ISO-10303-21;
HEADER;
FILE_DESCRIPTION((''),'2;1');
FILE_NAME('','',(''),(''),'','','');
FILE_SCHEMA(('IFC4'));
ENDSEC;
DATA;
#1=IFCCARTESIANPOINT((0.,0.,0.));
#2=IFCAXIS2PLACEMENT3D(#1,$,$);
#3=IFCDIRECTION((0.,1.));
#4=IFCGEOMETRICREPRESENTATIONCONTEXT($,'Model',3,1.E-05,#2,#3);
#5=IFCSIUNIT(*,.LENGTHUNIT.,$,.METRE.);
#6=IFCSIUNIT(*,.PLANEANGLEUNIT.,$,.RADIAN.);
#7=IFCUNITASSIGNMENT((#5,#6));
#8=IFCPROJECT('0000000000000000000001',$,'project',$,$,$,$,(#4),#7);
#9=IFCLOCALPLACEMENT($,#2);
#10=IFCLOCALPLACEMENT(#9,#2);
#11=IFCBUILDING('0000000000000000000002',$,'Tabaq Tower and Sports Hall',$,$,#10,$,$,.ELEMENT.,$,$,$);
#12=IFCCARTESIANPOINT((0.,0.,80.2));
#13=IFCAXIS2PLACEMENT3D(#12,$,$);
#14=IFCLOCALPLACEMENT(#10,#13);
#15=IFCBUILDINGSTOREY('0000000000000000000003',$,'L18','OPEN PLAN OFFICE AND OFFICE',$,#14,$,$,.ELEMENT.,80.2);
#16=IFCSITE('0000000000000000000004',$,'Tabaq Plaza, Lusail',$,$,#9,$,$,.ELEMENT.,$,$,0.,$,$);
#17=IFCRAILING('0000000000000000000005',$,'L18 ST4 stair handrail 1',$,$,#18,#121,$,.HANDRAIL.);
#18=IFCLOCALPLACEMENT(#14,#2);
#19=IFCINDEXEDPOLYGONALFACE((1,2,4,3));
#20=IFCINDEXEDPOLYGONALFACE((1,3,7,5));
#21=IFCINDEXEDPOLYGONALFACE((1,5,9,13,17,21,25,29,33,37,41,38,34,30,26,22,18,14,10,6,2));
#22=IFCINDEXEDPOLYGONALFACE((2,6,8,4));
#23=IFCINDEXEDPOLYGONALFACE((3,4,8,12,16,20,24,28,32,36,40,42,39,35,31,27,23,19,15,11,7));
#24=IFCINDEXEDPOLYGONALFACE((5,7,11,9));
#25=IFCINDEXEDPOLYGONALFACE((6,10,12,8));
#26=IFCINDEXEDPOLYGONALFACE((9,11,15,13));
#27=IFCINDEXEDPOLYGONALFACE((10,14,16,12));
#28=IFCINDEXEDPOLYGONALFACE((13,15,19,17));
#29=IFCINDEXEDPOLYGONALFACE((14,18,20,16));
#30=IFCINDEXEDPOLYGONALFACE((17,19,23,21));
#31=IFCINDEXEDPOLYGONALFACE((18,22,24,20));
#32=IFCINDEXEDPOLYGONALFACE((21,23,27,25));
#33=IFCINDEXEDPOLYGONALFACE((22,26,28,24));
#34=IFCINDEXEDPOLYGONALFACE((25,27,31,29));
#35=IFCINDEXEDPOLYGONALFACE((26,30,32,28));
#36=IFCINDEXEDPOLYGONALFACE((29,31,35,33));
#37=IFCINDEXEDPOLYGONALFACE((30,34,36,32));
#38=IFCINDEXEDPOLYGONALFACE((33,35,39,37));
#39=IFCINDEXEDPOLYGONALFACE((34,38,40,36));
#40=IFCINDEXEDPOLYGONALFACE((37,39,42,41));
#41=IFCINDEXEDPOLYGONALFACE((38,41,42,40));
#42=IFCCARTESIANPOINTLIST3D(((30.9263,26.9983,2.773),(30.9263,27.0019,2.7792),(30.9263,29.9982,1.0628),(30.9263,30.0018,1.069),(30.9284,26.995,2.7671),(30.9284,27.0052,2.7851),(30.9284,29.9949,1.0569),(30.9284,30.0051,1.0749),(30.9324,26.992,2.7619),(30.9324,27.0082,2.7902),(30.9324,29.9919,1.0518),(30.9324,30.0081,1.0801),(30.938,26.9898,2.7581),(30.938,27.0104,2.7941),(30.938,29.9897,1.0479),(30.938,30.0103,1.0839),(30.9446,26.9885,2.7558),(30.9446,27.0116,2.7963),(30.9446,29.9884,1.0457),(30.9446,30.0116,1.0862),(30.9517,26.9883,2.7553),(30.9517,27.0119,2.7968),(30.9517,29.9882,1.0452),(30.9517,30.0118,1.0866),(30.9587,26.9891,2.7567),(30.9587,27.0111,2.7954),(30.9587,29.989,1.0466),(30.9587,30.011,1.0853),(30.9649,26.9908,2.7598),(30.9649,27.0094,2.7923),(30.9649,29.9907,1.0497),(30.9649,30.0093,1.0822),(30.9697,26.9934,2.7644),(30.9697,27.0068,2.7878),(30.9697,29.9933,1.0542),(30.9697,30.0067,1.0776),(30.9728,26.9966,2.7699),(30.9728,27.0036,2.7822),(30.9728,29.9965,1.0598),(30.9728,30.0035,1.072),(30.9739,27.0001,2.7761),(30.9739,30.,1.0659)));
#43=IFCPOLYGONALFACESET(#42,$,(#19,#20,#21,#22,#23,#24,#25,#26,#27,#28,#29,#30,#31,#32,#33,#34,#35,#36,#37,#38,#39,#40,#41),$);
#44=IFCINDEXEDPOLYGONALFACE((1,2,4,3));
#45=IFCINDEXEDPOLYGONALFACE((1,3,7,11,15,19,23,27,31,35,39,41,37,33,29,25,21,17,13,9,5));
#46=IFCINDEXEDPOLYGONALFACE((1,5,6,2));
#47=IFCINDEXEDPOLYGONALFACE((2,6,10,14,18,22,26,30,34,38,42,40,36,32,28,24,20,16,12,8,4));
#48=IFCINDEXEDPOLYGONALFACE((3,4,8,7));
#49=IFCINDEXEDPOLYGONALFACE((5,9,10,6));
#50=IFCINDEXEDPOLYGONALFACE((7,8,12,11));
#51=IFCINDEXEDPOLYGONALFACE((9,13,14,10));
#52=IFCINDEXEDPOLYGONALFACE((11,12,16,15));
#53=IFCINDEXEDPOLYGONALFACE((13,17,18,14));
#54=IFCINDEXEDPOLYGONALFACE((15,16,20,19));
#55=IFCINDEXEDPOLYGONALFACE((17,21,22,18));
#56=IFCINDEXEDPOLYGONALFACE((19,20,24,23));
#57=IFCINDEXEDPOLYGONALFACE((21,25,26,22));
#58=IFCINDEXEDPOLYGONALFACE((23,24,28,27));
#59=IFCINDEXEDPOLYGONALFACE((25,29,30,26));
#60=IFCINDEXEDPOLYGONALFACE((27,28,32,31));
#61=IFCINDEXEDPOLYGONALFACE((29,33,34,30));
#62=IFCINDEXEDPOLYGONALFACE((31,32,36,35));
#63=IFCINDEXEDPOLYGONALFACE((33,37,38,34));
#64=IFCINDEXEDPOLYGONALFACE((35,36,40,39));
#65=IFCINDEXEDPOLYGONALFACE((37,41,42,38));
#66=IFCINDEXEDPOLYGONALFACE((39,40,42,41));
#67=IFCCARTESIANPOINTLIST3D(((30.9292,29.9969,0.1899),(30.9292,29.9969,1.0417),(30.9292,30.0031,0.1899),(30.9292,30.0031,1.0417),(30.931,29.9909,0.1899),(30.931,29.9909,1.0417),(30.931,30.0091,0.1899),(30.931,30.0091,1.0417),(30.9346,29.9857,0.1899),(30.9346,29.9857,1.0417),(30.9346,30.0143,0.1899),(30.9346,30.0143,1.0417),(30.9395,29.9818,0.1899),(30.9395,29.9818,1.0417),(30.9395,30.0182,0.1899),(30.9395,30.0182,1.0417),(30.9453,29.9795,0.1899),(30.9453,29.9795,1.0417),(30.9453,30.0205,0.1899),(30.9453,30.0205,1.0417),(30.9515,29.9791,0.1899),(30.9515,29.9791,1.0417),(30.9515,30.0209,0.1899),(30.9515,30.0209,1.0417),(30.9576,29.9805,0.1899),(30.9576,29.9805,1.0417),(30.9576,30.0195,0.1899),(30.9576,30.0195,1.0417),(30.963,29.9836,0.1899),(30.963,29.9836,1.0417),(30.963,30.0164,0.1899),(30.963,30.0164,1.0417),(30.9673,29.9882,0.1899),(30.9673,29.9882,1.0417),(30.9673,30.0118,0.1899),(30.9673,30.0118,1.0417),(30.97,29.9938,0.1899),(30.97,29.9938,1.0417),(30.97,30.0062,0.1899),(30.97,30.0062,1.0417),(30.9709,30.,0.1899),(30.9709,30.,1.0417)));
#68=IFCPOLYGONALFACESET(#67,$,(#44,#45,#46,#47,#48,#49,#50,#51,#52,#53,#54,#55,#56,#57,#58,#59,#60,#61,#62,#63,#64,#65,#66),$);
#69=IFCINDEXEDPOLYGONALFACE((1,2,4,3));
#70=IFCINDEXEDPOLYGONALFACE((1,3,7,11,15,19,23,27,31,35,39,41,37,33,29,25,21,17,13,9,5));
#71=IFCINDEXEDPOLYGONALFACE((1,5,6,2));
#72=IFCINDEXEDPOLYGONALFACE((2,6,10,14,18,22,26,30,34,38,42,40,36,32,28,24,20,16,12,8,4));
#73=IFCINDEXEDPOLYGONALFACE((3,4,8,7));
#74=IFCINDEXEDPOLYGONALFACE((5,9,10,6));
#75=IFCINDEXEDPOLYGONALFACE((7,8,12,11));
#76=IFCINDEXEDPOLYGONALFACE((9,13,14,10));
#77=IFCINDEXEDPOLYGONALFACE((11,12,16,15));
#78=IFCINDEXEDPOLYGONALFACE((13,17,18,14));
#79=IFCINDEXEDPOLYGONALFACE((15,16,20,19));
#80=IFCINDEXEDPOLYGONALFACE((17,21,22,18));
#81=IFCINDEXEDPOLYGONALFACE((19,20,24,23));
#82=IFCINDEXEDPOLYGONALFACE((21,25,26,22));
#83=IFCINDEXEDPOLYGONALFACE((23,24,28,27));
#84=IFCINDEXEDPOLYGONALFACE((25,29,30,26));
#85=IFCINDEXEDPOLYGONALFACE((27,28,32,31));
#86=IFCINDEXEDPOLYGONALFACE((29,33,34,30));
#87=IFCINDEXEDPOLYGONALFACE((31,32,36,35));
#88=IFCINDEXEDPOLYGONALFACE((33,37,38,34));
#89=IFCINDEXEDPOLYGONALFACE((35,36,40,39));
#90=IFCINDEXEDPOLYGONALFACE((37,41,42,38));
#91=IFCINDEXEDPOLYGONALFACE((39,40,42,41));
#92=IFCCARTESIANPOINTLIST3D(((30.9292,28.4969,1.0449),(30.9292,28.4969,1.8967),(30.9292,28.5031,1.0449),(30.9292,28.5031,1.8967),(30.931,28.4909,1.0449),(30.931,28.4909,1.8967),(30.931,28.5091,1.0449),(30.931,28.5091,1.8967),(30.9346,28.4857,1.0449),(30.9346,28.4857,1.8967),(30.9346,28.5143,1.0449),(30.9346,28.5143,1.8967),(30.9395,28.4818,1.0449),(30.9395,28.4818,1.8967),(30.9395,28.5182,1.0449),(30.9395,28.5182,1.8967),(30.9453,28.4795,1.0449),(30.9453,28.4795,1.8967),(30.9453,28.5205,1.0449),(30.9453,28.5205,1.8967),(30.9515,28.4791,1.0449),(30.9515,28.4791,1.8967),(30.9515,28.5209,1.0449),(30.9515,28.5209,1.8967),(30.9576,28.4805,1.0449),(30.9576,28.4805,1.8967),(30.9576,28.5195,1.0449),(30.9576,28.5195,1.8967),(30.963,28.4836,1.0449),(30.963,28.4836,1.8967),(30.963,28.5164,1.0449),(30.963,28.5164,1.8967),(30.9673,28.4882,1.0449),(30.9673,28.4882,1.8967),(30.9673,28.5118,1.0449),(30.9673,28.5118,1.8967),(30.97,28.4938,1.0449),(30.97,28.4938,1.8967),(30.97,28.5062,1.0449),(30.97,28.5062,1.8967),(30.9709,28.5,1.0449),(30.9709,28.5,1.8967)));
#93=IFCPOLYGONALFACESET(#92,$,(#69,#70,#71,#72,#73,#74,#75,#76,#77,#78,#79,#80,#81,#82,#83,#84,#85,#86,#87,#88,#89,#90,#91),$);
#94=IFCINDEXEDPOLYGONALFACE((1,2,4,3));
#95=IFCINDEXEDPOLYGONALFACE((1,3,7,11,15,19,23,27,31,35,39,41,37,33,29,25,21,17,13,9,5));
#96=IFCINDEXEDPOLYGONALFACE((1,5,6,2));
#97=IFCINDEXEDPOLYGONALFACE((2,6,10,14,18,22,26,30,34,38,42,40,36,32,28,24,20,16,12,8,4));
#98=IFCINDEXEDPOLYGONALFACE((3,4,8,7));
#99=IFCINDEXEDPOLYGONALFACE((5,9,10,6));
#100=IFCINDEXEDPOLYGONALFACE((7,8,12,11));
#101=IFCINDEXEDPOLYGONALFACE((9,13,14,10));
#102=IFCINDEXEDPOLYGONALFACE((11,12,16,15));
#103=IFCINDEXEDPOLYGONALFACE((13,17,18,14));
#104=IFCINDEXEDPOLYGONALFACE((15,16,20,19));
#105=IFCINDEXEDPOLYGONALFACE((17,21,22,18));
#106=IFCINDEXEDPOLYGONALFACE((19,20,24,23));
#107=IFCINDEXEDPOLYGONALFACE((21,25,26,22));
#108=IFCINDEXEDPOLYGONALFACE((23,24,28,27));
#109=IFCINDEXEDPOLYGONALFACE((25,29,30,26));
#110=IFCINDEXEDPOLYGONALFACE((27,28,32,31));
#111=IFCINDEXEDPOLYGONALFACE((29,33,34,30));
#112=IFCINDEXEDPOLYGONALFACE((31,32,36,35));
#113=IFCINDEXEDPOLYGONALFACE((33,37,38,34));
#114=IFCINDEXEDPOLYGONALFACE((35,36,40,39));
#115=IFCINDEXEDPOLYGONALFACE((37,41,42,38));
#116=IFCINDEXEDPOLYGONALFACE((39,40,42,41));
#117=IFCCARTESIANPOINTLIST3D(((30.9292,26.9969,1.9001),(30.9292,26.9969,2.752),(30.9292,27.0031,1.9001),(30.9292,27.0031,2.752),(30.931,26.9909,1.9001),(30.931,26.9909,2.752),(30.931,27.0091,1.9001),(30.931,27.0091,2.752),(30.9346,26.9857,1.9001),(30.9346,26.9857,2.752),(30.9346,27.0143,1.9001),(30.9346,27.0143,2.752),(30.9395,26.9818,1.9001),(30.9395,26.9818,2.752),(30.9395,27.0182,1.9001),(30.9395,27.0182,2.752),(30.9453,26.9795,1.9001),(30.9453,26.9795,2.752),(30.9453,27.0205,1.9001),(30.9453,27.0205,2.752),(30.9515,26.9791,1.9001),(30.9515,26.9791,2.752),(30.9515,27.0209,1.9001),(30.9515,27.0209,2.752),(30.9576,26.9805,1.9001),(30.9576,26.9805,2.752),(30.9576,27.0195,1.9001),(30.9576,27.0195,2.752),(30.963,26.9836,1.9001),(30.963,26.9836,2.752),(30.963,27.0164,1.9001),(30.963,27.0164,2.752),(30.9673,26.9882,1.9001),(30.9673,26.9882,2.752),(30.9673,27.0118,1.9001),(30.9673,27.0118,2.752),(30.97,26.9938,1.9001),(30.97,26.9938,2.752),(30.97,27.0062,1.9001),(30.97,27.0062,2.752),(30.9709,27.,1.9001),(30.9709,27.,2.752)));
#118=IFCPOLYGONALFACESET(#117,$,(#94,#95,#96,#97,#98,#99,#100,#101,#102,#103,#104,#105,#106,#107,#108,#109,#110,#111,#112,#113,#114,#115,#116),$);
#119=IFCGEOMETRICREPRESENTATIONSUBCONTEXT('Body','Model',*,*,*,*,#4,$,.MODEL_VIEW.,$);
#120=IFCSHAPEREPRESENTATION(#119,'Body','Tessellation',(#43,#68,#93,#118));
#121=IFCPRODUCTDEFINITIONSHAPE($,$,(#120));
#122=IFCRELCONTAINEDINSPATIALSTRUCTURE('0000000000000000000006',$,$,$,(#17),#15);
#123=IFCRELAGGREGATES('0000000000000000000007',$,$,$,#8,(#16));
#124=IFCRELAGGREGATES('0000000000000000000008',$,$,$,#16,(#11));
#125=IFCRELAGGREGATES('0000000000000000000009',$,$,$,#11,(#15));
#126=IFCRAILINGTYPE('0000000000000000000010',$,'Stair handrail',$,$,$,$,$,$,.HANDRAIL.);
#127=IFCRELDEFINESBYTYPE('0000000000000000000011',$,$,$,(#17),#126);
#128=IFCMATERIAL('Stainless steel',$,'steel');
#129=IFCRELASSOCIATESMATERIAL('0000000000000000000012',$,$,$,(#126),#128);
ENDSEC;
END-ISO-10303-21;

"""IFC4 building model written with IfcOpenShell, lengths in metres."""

from ifc_helpers import new_model, si_unit, direction, frame, origin, origin_2d, place, context, subcontext, project, spatial, circle, extrude, material, type_object, element, save


model = new_model("IFC4")

# Units and contexts
model_context = context("Model", 3, precision=1e-05, world=origin(), true_north=direction((0.0, 1.0)))
body_context = subcontext(model_context, "Body", "Model", "MODEL_VIEW")
ifc_project = project(units=[si_unit("LENGTHUNIT", "METRE"), si_unit("PLANEANGLEUNIT", "RADIAN")], contexts=[model_context])

# Site, building, storey
site_placement = place(None, origin())
site = spatial("IfcSite", under=ifc_project, at=site_placement, Name="Tabaq Plaza, Lusail", CompositionType="ELEMENT", RefElevation=0.0)
building_placement = place(site_placement, origin())
building = spatial("IfcBuilding", under=site, at=building_placement, Name="Tabaq Tower and Sports Hall", CompositionType="ELEMENT")
storey_placement = place(building_placement, frame((0.0, 0.0, 80.2)))
storey = spatial("IfcBuildingStorey", under=building, at=storey_placement, Name="L18", Description="OPEN PLAN OFFICE AND OFFICE", CompositionType="ELEMENT", Elevation=80.2)

# Railing
ifc_material_1 = material(Name="Stainless steel", Category="steel")
railing_type_1 = type_object("IfcRailingType", Name="Stair handrail", PredefinedType="HANDRAIL", material=ifc_material_1)
railing_1_placement = place(storey_placement, frame((30.95, 30.0, 0.1899)))
element("IfcRailing", 1, at=railing_1_placement, inside=storey, type_object=railing_type_1, Name="L18 ST4 stair handrail 1", PredefinedType="HANDRAIL", context=body_context, shape_type="SweptSolid", body=[
    extrude(circle(Radius=0.0239, at=origin_2d()), frame((0.0, 0.0, 0.876), z_axis=(0.0, -0.868752, 0.495248), x_axis=(1.0, 0.0, 0.0)), (0.0, 0.0, 1.0), 3.4531),
    extrude(circle(Radius=0.021, at=origin_2d()), origin(), (0.0, 0.0, 1.0), 0.8518),
    extrude(circle(Radius=0.021, at=origin_2d()), frame((0.0, -1.5, 0.855)), (0.0, 0.0, 1.0), 0.8518),
    extrude(circle(Radius=0.021, at=origin_2d()), frame((0.0, -3.0, 1.7102)), (0.0, 0.0, 1.0), 0.8518),
])

save(model, "model.ifc")
